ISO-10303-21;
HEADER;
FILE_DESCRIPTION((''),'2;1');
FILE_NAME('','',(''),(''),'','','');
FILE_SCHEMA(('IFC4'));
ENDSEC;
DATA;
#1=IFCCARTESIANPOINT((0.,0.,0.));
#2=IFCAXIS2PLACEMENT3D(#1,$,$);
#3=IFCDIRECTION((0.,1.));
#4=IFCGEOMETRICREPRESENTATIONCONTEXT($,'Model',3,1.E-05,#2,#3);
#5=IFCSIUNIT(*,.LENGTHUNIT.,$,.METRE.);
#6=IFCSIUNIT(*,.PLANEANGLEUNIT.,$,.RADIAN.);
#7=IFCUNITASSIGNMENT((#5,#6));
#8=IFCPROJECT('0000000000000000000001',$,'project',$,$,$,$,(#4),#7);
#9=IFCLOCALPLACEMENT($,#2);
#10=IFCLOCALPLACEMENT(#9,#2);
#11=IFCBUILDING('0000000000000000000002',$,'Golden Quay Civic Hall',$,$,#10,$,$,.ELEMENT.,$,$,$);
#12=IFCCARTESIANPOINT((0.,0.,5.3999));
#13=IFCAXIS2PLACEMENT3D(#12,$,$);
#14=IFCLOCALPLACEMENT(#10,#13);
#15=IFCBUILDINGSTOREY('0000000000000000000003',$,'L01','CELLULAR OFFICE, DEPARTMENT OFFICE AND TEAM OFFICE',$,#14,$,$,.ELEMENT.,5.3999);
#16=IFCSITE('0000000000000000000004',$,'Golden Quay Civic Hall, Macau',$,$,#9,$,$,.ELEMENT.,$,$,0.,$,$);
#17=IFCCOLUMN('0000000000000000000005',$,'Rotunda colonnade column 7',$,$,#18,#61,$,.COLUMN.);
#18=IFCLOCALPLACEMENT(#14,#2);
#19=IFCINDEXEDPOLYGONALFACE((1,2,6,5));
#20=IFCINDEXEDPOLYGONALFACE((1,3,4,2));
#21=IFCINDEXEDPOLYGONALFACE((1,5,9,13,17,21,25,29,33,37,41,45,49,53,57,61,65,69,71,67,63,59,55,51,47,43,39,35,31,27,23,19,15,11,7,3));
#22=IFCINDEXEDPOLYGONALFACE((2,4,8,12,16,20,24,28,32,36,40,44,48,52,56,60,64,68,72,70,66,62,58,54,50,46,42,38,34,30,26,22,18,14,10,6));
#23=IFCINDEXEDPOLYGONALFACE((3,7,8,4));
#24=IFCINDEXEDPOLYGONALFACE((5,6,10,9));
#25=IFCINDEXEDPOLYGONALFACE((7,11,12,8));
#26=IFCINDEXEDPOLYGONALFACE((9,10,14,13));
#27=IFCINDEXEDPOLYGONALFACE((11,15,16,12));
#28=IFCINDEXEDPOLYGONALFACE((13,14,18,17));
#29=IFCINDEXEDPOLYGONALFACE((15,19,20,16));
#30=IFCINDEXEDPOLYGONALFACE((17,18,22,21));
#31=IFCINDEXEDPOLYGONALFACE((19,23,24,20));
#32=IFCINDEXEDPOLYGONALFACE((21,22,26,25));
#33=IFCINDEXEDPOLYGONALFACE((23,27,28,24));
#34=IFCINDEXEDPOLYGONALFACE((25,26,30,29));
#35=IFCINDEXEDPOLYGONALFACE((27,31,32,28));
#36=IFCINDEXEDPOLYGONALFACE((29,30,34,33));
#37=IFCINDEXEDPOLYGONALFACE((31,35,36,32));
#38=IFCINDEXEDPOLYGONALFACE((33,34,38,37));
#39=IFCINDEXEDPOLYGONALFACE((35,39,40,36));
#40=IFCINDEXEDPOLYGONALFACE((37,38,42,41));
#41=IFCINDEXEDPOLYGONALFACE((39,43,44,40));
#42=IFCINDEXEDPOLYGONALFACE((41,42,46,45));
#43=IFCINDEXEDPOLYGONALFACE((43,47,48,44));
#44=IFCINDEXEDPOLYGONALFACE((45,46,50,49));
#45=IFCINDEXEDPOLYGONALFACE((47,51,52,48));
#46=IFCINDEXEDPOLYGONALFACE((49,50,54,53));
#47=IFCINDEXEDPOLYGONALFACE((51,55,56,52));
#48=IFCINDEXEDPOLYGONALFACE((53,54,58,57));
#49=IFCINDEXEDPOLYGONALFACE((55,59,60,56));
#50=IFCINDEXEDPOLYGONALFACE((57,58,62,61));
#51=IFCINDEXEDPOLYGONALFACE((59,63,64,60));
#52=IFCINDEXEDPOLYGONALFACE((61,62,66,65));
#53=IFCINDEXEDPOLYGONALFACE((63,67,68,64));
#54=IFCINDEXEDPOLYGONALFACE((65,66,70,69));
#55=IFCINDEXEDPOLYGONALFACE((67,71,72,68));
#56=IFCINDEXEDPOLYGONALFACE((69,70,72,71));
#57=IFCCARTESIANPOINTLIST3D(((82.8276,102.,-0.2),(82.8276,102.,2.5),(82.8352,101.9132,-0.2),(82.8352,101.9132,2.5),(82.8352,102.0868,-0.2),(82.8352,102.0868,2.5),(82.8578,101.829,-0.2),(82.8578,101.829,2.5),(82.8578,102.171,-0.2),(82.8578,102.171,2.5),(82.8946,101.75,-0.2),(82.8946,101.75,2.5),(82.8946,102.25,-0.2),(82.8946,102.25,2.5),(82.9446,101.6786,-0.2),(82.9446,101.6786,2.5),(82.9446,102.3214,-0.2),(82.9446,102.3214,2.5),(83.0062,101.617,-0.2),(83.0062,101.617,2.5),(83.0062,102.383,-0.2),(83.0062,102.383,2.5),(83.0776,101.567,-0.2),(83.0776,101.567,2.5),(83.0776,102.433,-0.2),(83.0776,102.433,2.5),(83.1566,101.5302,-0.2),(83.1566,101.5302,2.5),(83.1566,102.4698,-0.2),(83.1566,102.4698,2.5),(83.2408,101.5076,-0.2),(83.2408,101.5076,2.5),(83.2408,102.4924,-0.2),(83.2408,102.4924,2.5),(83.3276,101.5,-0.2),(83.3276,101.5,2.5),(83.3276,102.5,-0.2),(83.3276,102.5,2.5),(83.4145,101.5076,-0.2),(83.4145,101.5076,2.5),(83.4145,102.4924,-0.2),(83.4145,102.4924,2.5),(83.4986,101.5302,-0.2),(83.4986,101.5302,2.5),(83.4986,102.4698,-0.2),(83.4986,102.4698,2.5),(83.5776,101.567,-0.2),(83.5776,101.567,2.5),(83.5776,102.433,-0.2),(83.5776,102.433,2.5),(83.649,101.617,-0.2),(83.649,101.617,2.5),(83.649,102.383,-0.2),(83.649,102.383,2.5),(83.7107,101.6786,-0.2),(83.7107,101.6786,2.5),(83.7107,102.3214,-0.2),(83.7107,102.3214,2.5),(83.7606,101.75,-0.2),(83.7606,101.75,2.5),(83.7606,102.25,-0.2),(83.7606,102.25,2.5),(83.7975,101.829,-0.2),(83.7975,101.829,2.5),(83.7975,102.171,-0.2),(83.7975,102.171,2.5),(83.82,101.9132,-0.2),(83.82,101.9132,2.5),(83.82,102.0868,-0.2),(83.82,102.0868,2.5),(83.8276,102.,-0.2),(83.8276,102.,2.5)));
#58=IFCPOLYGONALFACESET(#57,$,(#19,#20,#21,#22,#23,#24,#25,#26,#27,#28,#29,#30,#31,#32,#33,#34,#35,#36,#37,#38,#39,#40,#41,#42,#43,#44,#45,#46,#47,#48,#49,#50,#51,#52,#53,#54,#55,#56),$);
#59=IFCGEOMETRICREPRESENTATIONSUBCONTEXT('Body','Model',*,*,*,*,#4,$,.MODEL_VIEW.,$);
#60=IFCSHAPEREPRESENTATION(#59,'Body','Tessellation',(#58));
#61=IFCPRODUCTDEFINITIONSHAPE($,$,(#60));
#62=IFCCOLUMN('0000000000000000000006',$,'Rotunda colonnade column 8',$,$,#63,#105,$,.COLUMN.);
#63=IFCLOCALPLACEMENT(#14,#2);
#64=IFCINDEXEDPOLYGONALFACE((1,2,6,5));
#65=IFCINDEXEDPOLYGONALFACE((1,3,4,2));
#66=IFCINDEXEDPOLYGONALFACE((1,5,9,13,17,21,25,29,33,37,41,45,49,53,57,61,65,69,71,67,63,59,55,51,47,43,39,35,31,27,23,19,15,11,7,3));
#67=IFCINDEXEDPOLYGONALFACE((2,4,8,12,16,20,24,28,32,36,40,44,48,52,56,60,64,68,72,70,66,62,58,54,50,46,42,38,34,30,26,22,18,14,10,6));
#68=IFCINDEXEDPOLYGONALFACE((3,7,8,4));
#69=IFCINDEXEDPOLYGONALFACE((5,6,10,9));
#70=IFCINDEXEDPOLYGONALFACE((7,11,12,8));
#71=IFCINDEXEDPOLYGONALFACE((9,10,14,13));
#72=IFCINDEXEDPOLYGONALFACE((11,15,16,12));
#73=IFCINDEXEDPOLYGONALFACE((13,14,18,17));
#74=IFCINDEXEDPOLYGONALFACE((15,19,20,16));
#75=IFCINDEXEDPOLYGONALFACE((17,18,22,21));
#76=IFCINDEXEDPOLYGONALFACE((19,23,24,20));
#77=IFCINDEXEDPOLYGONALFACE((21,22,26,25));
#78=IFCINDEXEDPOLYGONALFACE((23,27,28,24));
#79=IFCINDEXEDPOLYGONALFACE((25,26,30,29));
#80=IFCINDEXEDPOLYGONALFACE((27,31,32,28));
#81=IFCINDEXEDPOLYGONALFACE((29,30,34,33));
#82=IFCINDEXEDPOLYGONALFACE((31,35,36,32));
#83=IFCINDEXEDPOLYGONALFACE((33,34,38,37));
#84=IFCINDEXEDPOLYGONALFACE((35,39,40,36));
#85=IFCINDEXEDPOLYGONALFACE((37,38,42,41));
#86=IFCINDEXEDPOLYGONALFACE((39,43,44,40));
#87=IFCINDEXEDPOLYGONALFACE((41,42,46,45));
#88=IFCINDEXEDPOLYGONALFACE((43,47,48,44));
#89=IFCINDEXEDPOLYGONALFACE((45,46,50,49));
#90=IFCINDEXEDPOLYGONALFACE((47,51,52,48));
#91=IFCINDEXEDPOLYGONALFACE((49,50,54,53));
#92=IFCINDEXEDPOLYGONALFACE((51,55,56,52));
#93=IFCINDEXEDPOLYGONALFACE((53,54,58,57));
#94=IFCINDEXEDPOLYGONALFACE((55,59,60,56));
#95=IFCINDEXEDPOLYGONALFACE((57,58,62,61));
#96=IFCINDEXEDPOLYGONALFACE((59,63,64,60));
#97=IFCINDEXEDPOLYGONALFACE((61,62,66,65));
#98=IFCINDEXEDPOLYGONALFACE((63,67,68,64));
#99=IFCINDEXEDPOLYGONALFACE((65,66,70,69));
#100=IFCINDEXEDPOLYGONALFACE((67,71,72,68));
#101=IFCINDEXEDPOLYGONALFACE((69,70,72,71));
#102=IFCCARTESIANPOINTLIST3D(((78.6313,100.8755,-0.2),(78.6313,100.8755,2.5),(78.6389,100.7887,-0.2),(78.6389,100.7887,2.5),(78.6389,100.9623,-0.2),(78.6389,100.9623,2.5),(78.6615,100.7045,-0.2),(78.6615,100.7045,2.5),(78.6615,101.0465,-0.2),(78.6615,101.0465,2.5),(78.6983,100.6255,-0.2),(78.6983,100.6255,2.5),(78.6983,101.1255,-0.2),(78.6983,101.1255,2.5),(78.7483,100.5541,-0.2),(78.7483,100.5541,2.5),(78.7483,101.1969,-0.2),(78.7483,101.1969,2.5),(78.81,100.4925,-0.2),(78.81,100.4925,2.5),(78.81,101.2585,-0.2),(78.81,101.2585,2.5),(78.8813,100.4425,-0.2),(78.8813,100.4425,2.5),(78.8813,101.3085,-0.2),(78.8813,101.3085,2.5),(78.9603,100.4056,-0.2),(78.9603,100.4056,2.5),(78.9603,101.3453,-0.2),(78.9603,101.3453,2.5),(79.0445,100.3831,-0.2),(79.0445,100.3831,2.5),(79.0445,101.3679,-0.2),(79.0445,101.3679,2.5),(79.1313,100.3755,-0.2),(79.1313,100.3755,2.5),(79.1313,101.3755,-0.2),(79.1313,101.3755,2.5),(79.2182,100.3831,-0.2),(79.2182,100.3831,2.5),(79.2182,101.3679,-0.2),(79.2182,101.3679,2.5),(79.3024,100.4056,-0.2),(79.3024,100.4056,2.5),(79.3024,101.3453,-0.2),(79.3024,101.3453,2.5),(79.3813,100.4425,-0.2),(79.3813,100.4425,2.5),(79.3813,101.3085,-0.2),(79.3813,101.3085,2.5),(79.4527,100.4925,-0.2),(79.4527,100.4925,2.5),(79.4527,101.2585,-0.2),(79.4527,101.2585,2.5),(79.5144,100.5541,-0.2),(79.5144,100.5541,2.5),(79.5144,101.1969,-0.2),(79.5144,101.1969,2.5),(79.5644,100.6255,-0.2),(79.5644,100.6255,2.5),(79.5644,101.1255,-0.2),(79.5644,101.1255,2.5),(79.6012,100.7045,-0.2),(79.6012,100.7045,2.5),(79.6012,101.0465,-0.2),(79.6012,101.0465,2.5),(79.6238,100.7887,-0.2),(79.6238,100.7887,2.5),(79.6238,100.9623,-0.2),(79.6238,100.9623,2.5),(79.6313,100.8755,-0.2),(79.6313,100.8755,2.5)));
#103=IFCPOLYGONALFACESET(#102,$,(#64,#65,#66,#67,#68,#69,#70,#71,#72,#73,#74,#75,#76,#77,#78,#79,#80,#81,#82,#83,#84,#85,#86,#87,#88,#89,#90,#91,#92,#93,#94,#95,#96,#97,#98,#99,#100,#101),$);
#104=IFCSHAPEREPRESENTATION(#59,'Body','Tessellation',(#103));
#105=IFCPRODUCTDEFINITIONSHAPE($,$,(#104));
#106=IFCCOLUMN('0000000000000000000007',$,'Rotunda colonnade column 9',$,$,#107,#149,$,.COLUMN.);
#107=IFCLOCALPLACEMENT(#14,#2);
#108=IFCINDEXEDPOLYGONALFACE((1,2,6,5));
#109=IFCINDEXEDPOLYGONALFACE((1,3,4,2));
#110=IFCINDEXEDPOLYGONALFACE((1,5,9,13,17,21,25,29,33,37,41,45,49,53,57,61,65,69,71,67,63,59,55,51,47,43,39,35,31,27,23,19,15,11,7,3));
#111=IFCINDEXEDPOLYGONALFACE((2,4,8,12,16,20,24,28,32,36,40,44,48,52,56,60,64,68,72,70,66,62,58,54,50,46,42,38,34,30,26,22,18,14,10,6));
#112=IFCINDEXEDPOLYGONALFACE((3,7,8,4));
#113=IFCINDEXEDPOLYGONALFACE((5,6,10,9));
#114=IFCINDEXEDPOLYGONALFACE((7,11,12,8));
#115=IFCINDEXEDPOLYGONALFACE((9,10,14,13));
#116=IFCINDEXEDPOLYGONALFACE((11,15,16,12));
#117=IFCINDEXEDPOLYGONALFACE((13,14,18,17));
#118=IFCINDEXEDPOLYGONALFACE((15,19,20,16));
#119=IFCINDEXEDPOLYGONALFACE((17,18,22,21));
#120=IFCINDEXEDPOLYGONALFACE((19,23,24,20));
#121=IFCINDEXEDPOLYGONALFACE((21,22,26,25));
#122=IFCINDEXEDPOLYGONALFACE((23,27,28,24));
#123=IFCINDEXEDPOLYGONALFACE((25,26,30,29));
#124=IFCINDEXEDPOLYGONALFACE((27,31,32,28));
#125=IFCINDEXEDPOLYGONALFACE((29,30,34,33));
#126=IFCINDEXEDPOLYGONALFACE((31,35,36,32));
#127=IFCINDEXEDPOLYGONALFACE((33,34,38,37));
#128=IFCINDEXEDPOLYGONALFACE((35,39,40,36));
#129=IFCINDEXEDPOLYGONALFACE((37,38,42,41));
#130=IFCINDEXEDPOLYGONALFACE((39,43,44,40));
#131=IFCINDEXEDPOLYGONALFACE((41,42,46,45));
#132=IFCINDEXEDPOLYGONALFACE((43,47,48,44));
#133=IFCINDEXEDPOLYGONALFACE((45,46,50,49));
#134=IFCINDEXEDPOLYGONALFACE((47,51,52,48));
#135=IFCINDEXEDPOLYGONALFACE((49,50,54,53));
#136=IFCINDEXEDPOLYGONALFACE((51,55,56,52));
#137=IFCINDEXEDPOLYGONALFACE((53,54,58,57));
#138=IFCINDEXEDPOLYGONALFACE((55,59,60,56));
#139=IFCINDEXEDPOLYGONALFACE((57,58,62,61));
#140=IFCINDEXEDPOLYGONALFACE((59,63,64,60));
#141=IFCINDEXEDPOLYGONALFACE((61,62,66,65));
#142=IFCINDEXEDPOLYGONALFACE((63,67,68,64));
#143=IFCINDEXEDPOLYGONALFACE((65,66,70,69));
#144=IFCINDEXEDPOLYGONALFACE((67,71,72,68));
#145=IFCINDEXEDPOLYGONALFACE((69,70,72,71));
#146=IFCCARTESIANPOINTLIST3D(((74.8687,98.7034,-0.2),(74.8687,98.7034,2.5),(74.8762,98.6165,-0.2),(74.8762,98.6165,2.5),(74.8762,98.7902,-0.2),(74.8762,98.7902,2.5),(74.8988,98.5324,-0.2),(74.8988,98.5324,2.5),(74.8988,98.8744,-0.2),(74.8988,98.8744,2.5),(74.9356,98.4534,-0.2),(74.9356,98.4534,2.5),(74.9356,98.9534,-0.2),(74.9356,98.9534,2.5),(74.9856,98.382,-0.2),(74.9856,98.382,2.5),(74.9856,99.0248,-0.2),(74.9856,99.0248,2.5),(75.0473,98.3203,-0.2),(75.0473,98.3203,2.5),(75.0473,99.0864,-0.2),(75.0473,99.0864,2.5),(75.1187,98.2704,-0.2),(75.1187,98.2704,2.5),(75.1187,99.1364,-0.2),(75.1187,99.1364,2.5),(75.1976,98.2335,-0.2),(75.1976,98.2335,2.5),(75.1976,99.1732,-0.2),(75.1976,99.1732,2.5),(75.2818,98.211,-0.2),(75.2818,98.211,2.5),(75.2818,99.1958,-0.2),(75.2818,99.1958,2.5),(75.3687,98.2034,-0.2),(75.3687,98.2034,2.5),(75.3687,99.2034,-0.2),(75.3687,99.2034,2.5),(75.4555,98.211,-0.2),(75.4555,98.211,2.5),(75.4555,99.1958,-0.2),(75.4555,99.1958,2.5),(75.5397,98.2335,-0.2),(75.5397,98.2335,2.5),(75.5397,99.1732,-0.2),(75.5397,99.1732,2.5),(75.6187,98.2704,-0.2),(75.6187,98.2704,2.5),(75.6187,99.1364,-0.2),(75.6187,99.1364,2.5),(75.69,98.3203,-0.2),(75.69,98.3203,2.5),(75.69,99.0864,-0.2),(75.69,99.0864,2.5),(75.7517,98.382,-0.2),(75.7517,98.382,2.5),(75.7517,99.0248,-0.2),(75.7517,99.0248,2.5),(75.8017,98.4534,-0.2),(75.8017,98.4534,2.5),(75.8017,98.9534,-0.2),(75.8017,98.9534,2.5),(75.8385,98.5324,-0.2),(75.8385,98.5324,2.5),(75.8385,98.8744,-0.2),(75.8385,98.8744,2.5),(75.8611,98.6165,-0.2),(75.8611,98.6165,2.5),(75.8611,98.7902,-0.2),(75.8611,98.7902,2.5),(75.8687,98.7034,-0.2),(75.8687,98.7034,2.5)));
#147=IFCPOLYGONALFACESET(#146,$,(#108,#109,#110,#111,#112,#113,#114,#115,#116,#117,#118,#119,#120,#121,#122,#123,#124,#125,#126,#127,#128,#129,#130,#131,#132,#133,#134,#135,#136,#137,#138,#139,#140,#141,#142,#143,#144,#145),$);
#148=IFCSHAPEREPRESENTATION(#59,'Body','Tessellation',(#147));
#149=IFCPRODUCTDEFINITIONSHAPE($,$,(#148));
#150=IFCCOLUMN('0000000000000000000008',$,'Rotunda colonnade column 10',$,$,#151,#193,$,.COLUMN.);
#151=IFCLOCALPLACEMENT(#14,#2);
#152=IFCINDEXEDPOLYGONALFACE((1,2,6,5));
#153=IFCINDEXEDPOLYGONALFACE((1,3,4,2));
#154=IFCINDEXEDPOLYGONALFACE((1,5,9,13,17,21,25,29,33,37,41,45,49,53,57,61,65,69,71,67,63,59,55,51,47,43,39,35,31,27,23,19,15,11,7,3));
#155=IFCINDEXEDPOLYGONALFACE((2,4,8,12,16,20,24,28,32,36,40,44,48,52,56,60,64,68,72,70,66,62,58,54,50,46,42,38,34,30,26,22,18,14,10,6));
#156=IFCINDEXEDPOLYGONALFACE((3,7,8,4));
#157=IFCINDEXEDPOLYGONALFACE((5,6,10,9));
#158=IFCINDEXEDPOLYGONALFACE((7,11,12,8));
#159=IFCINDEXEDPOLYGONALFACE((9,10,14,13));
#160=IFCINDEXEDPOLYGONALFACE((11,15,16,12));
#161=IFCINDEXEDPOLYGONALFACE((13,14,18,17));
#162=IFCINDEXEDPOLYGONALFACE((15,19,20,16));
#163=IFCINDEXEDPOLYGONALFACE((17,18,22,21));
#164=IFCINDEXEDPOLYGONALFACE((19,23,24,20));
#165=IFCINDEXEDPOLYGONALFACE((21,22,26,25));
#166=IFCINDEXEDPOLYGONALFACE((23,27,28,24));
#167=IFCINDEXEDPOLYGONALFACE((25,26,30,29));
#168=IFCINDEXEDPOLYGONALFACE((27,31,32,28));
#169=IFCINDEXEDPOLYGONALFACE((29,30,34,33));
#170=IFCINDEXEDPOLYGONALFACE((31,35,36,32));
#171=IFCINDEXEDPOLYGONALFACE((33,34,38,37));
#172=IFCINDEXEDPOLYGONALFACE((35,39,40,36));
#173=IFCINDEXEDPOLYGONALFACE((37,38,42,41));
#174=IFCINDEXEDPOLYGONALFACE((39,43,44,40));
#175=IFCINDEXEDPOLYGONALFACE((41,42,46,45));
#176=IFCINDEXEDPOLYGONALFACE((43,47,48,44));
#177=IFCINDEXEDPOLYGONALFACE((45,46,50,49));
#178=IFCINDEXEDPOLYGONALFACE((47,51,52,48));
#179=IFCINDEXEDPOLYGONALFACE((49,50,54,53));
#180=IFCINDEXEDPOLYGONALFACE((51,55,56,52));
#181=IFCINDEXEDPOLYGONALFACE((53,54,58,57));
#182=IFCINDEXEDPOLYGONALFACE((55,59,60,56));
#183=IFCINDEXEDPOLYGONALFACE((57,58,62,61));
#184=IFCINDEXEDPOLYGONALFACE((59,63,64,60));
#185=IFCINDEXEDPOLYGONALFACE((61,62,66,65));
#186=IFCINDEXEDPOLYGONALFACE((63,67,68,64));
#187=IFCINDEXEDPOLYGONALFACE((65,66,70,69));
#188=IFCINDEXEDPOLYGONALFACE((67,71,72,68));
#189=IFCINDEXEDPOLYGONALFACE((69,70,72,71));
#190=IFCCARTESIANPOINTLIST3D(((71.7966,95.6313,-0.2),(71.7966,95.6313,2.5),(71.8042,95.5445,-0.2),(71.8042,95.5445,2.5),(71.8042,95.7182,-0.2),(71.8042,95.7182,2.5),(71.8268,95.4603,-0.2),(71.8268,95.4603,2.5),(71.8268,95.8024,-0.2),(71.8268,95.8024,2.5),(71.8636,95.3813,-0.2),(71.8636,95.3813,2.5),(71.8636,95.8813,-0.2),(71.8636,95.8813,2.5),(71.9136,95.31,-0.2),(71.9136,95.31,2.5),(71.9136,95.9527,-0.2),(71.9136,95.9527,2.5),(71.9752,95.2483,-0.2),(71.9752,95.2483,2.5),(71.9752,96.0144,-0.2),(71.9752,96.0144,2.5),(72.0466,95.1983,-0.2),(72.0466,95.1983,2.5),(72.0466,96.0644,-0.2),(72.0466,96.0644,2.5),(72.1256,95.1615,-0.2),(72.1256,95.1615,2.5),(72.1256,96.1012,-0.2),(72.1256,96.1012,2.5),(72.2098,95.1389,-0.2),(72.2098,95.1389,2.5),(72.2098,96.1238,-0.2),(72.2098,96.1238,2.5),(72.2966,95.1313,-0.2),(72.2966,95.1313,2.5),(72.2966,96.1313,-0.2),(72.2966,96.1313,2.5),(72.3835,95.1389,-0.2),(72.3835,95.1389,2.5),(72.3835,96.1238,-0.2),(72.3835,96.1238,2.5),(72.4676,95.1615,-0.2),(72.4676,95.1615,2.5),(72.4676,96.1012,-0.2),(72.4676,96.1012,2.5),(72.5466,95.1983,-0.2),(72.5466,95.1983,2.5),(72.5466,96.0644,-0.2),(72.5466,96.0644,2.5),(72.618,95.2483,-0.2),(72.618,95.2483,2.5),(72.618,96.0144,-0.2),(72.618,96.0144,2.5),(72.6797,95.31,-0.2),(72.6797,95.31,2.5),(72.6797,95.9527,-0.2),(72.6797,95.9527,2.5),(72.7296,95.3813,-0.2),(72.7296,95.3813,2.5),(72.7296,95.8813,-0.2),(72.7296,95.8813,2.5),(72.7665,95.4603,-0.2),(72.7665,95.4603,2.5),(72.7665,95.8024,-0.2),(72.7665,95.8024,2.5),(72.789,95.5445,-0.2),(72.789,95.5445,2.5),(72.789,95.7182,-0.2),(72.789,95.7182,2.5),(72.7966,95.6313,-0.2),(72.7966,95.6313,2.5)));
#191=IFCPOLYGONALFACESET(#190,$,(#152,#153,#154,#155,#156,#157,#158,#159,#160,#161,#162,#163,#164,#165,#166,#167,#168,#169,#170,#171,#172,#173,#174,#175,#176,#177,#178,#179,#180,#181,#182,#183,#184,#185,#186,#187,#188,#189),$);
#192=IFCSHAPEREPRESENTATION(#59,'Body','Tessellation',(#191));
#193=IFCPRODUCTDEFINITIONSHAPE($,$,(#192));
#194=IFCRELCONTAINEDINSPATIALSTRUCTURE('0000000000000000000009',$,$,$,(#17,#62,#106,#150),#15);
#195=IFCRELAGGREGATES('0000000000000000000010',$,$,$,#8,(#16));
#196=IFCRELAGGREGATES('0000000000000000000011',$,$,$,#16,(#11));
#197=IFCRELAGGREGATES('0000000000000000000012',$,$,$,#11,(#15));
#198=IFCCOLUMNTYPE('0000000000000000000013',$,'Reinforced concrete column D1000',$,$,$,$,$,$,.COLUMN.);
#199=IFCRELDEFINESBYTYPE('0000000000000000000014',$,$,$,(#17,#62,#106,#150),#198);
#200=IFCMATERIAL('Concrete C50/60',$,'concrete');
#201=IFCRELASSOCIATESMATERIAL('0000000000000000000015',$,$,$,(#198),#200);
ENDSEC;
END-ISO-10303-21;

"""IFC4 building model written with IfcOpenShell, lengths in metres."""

from ifc_helpers import new_model, si_unit, direction, frame, origin, origin_2d, place, context, subcontext, project, spatial, circle, extrude, material, material_profile, profile_set, type_object, element, save


model = new_model("IFC4")

# Units and contexts
model_context = context("Model", 3, precision=1e-05, world=origin(), true_north=direction((0.0, 1.0)))
body_context = subcontext(model_context, "Body", "Model", "MODEL_VIEW")
ifc_project = project(units=[si_unit("LENGTHUNIT", "METRE"), si_unit("PLANEANGLEUNIT", "RADIAN")], contexts=[model_context])

# Site, building, storey
site_placement = place(None, origin())
site = spatial("IfcSite", under=ifc_project, at=site_placement, Name="Golden Quay Civic Hall, Macau", CompositionType="ELEMENT", RefElevation=0.0)
building_placement = place(site_placement, origin())
building = spatial("IfcBuilding", under=site, at=building_placement, Name="Golden Quay Civic Hall", CompositionType="ELEMENT")
storey_placement = place(building_placement, frame((0.0, 0.0, 5.3999)))
storey = spatial("IfcBuildingStorey", under=building, at=storey_placement, Name="L01", Description="CELLULAR OFFICE, DEPARTMENT OFFICE AND TEAM OFFICE", CompositionType="ELEMENT", Elevation=5.3999)

# Columns
ifc_material_1 = material(Name="Concrete C50/60", Category="concrete")
ifc_material_profile_1 = material_profile(ifc_material_1, circle(Radius=0.5, at=origin_2d()), Name="RC D1000")
ifc_profile_set_1 = profile_set([ifc_material_profile_1], Name="Concrete C50/60")
column_type_1 = type_object("IfcColumnType", Name="Reinforced concrete column D1000", PredefinedType="COLUMN", material=ifc_profile_set_1)
for number, where, z_axis, x_axis, name in (
    (1, (83.3276, 102.0, -0.2), (0.0, 0.0, 1.0), (1.0, 0.0, 0.0), "Rotunda colonnade column 7"),
    (2, (79.1313, 100.8755, -0.2), (0.0, 0.0, 1.0), (1.0, 0.0, 0.0), "Rotunda colonnade column 8"),
    (3, (75.3687, 98.7034, -0.2), (0.0, 0.0, 1.0), (1.0, 0.0, 0.0), "Rotunda colonnade column 9"),
    (4, (72.2966, 95.6313, -0.2), (0.0, 0.0, 1.0), (1.0, 0.0, 0.0), "Rotunda colonnade column 10"),
):
    element("IfcColumn", number, at=place(storey_placement, frame(where, z_axis=z_axis, x_axis=x_axis)), inside=storey, type_object=column_type_1, Name=name, PredefinedType="COLUMN", context=body_context, shape_type="SweptSolid", body=[
        extrude(circle(Radius=0.5, at=origin_2d()), origin(), (0.0, 0.0, 1.0), 2.7),
    ])

save(model, "model.ifc")
